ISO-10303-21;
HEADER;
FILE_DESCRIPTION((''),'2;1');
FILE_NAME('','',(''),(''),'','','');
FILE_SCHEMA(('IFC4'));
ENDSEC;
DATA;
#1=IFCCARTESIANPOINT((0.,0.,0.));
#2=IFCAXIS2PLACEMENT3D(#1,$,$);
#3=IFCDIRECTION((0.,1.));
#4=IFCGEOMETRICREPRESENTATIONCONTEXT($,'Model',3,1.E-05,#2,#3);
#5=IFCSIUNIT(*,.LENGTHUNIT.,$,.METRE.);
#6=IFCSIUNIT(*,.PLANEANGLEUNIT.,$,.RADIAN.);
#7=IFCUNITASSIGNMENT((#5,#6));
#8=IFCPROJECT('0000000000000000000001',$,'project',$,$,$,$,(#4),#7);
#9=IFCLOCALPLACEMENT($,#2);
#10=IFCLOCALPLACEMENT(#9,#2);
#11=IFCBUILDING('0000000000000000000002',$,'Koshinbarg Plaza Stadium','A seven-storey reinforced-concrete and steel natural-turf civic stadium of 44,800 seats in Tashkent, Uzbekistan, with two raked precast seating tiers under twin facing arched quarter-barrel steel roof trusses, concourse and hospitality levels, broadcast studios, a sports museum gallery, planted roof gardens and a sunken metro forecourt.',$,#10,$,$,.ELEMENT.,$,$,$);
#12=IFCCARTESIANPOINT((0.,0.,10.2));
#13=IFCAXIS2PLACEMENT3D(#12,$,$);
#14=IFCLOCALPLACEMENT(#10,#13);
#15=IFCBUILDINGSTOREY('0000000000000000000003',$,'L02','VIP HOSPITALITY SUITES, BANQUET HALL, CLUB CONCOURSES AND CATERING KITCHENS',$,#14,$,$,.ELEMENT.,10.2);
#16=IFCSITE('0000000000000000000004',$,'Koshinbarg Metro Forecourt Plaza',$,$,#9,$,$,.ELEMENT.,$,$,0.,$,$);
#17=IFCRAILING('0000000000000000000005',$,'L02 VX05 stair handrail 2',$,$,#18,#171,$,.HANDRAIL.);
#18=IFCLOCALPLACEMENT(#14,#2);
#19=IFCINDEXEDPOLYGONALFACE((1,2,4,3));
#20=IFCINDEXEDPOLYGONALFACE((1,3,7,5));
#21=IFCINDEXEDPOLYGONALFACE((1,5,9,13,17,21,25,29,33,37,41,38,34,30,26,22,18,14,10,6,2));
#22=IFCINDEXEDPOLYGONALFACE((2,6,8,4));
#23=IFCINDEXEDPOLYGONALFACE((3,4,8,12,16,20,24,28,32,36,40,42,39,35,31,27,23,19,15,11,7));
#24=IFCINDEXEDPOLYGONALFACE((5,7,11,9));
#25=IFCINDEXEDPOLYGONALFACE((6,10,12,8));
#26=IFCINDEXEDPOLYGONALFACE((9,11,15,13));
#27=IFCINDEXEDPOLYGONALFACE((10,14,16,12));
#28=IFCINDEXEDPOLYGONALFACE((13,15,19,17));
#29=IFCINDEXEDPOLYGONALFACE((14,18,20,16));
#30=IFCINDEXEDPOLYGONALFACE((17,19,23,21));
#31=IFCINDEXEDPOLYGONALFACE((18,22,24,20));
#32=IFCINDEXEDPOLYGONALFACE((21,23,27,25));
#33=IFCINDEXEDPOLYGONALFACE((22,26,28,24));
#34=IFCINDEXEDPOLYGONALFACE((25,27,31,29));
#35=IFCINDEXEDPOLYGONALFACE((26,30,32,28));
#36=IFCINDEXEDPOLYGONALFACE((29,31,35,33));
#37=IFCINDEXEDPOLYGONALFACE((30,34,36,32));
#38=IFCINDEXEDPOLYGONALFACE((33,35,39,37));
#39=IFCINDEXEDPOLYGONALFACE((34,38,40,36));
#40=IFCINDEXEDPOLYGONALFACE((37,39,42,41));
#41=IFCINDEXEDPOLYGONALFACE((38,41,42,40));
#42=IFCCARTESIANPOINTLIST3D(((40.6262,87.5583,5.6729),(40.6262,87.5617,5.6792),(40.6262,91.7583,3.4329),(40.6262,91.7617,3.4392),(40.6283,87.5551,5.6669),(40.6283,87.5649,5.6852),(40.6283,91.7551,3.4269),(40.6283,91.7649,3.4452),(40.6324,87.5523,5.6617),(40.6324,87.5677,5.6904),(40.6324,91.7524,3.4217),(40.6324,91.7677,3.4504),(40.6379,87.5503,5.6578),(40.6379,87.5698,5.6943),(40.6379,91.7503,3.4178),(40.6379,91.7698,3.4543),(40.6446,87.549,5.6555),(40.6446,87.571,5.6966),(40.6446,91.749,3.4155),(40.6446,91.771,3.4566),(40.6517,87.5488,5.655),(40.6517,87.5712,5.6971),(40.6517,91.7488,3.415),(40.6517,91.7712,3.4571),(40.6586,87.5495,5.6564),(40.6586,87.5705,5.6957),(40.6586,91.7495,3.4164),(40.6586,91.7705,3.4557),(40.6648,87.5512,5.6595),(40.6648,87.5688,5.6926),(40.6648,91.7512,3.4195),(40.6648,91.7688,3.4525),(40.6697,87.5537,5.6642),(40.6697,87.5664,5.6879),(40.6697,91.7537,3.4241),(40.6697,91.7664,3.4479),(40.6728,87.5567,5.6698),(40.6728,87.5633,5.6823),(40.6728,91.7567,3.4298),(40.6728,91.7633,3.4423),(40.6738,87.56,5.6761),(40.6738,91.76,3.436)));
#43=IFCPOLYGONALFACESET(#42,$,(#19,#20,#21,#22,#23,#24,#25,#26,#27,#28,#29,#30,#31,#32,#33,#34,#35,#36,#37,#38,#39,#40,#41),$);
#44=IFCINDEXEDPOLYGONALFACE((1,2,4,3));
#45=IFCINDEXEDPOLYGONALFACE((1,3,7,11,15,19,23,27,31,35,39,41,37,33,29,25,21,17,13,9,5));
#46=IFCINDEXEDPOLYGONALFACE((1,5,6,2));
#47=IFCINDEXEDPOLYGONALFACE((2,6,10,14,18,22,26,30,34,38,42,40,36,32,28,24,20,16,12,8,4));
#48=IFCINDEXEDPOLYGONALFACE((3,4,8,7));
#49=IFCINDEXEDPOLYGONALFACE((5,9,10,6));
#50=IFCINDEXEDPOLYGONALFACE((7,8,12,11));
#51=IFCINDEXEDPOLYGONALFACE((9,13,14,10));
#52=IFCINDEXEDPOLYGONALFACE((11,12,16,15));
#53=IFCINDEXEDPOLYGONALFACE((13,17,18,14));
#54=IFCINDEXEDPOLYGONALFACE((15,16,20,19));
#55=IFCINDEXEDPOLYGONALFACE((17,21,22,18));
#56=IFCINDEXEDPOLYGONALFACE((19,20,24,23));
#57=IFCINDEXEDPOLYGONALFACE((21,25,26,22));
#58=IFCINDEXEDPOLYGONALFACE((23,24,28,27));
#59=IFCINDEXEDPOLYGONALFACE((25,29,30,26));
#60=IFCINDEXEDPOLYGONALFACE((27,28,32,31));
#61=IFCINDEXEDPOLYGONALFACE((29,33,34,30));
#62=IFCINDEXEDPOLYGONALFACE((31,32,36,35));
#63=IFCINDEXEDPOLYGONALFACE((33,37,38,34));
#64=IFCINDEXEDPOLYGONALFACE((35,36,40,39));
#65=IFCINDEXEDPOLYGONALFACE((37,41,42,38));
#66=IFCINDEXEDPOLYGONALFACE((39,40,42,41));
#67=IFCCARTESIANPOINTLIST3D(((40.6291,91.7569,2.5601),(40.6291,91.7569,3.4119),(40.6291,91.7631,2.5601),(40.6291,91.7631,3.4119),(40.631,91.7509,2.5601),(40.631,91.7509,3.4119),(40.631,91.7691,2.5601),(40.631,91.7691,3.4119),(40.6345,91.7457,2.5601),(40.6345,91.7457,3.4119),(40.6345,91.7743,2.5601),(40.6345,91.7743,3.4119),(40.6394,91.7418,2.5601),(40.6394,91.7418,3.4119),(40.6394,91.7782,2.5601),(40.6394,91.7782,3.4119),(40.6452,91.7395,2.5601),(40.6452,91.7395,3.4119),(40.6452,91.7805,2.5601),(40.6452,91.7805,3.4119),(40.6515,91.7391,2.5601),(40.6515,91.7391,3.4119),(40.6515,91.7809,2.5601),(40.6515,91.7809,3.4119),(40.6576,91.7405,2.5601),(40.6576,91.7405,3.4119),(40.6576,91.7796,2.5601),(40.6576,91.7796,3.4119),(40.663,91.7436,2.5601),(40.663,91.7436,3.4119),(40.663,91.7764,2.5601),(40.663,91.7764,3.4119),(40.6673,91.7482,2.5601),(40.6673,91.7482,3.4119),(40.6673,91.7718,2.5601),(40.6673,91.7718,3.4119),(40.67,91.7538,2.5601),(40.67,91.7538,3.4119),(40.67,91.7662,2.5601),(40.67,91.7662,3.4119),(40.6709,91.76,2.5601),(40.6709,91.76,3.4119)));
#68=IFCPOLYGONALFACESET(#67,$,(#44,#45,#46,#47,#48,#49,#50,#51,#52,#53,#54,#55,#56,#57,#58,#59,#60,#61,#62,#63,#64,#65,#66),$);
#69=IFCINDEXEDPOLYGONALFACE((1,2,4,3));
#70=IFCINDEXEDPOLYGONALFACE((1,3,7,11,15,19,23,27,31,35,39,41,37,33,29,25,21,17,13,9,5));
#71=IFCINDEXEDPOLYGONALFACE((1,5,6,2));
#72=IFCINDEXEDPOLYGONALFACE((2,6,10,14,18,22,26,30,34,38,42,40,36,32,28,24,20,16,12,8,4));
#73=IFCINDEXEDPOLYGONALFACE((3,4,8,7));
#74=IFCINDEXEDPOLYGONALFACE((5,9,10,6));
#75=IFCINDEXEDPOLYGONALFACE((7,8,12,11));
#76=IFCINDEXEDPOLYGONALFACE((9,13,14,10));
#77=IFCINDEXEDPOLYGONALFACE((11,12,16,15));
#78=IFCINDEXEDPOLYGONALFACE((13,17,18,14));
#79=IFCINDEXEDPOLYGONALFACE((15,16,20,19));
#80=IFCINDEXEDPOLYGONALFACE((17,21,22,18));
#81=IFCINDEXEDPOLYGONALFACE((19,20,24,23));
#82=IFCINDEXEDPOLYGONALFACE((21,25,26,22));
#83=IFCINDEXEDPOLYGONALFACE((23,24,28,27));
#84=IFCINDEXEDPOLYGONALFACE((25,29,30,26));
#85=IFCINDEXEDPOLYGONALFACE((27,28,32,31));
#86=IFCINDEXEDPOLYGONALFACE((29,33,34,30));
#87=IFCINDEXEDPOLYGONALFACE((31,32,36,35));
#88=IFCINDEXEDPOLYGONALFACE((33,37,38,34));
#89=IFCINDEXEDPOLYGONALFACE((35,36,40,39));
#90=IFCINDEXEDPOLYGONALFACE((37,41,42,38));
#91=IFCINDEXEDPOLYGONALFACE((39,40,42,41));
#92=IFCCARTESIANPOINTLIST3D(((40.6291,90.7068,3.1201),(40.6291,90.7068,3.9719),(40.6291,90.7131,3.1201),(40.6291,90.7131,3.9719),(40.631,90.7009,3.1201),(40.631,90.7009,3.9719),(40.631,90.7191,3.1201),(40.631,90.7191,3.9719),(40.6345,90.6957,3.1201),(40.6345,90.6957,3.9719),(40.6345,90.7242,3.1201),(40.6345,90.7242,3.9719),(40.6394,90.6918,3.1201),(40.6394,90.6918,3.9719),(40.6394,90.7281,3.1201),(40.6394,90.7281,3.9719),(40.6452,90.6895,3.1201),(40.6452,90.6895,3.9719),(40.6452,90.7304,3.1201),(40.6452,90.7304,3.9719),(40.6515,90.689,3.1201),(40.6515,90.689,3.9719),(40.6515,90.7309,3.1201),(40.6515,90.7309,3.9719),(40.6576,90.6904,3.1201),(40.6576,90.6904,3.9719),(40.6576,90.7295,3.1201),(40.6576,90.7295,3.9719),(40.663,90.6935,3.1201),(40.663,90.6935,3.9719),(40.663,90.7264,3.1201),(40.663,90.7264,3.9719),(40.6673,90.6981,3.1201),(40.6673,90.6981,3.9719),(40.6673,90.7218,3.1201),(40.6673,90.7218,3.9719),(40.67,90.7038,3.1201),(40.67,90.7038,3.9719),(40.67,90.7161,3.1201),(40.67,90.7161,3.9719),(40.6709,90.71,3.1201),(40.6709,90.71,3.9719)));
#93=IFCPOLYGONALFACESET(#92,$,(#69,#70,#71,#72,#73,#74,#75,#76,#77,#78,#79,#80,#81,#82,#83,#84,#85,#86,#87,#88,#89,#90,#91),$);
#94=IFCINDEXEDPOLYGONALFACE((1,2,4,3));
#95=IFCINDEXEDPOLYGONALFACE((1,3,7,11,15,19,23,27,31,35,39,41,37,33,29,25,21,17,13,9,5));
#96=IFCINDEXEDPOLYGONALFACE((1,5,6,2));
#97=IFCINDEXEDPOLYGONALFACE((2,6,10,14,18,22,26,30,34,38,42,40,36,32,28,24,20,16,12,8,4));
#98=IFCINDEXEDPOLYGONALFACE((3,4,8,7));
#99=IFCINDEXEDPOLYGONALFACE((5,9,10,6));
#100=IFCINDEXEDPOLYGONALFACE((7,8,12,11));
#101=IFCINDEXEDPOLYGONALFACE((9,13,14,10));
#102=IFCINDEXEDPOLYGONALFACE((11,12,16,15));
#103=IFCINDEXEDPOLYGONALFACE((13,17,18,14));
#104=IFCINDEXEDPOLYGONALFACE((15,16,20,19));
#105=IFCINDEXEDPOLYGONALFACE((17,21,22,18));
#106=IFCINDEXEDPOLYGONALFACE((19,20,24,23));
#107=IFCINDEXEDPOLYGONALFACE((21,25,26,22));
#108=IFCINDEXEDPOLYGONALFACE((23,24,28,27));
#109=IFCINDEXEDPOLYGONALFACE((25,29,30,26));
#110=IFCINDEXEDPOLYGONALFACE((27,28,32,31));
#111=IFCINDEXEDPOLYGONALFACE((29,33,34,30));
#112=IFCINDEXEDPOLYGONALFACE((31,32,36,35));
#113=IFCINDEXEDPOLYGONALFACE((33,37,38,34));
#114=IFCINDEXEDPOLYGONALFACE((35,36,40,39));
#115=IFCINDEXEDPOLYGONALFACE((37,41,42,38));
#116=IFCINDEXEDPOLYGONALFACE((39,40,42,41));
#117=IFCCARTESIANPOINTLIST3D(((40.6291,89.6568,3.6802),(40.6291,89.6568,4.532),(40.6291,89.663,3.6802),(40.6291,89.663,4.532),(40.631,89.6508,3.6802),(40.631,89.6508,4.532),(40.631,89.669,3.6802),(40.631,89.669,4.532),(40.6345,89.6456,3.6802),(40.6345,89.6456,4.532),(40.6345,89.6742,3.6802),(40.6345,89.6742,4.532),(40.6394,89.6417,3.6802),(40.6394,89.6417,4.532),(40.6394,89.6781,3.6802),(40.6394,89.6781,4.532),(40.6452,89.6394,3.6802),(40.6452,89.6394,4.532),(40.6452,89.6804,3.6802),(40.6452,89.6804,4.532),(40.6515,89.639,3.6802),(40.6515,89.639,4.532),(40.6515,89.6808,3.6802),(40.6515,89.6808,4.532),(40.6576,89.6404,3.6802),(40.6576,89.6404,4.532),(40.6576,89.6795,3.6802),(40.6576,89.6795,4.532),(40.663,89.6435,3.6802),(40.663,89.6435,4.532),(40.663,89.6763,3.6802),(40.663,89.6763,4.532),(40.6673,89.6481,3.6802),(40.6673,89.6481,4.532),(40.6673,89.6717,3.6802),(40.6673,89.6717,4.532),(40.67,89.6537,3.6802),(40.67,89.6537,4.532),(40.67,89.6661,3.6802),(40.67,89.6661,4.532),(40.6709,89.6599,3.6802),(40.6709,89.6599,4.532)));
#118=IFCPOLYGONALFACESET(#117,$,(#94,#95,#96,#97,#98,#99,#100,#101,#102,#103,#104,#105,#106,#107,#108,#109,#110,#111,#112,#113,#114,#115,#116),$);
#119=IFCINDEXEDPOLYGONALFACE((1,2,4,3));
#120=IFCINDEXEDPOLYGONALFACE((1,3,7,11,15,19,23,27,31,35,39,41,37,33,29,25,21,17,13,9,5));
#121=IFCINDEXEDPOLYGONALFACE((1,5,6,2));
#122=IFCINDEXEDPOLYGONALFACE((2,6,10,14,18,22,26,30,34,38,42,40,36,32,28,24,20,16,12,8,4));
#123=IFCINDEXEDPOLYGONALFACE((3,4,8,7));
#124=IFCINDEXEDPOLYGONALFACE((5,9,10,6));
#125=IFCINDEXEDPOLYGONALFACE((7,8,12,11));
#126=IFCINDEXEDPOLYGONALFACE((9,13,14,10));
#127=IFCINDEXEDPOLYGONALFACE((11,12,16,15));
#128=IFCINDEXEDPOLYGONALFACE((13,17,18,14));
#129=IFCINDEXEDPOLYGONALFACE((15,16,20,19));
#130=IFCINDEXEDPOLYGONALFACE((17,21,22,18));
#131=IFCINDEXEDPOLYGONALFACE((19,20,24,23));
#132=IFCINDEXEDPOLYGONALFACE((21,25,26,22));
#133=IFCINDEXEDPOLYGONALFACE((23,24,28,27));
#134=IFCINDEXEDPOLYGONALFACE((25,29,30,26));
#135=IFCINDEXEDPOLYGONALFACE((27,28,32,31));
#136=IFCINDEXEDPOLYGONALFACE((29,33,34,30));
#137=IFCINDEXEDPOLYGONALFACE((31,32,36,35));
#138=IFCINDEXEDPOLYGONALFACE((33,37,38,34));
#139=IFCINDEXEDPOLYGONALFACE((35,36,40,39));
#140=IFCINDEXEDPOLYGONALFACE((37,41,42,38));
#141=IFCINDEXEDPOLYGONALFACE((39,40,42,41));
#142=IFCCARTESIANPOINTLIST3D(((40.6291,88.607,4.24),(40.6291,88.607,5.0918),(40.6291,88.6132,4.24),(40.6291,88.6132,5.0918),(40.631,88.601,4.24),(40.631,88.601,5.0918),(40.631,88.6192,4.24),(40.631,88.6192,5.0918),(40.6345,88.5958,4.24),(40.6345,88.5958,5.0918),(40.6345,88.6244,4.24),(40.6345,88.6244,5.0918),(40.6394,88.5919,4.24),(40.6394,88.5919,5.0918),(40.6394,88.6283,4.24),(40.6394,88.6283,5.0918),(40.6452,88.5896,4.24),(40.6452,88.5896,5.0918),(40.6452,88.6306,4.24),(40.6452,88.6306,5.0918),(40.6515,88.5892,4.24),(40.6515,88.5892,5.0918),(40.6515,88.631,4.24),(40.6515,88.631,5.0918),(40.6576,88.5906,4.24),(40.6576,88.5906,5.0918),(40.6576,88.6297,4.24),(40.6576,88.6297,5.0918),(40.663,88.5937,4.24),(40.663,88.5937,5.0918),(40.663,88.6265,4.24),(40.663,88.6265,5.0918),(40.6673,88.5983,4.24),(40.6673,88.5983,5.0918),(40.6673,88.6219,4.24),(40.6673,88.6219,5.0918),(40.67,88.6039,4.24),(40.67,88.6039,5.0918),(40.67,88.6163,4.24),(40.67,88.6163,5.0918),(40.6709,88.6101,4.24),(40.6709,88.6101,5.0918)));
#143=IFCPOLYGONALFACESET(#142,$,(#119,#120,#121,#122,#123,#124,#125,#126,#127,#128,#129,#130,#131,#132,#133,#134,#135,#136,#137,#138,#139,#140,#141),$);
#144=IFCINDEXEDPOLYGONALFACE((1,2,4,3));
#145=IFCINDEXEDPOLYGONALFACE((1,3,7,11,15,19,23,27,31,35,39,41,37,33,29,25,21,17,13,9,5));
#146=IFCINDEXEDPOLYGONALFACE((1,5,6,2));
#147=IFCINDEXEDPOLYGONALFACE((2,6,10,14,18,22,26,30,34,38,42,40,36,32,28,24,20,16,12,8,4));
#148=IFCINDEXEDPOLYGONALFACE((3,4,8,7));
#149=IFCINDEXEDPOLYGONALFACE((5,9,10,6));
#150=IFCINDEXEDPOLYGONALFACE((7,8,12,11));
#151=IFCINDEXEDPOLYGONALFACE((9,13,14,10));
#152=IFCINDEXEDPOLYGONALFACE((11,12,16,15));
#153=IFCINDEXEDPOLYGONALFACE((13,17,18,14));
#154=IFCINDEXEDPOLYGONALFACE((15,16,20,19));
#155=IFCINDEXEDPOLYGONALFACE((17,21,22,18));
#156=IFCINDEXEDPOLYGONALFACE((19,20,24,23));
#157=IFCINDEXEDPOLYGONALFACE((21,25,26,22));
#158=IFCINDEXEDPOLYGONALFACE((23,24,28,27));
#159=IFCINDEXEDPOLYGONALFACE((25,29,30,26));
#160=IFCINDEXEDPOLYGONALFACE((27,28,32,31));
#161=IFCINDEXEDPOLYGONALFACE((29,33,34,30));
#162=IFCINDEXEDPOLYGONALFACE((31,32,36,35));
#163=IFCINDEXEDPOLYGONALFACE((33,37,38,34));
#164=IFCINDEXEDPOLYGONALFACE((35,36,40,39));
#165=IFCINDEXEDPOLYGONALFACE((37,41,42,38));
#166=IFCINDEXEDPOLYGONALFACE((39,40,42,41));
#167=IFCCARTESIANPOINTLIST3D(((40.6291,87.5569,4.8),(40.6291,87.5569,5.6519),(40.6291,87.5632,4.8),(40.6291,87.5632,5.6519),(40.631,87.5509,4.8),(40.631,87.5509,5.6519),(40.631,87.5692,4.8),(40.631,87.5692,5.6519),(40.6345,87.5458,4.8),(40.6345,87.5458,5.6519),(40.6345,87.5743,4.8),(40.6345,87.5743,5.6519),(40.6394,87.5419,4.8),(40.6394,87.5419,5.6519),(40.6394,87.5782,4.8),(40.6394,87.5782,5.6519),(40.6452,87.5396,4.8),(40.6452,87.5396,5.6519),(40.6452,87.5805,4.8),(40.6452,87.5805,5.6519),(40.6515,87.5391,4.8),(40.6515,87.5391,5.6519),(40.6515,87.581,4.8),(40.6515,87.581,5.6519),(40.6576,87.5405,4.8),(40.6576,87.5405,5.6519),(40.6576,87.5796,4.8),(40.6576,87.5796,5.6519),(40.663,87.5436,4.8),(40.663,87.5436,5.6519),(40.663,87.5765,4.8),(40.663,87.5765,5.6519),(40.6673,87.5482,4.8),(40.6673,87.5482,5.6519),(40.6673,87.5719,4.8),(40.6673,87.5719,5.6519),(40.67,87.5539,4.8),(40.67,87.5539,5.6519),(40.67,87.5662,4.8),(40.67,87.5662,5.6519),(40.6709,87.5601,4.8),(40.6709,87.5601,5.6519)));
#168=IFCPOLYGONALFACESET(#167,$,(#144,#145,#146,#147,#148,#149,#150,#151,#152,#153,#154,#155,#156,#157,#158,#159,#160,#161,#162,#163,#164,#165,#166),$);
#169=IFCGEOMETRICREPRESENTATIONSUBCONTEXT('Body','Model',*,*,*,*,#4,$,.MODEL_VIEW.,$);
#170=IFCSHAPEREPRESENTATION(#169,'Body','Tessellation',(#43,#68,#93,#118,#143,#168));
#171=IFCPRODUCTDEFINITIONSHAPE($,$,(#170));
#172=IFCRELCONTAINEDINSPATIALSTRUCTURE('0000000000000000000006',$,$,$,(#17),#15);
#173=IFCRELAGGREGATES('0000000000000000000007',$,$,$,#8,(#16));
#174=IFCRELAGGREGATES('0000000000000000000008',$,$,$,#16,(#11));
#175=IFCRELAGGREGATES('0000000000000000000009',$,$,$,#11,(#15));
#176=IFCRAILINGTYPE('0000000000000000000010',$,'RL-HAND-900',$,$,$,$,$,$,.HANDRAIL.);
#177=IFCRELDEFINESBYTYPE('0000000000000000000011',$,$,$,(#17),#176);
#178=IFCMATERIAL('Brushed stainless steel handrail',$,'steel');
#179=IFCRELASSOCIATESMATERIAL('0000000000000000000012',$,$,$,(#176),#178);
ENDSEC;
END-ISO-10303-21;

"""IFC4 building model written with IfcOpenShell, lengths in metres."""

from ifc_helpers import new_model, si_unit, direction, frame, origin, origin_2d, place, context, subcontext, project, spatial, circle, extrude, material, type_object, element, save


model = new_model("IFC4")

# Units and contexts
model_context = context("Model", 3, precision=1e-05, world=origin(), true_north=direction((0.0, 1.0)))
body_context = subcontext(model_context, "Body", "Model", "MODEL_VIEW")
ifc_project = project(units=[si_unit("LENGTHUNIT", "METRE"), si_unit("PLANEANGLEUNIT", "RADIAN")], contexts=[model_context])

# Site, building, storey
site_placement = place(None, origin())
site = spatial("IfcSite", under=ifc_project, at=site_placement, Name="Koshinbarg Metro Forecourt Plaza", CompositionType="ELEMENT", RefElevation=0.0)
building_placement = place(site_placement, origin())
building = spatial("IfcBuilding", under=site, at=building_placement, Name="Koshinbarg Plaza Stadium", Description="A seven-storey reinforced-concrete and steel natural-turf civic stadium of 44,800 seats in Tashkent, Uzbekistan, with two raked precast seating tiers under twin facing arched quarter-barrel steel roof trusses, concourse and hospitality levels, broadcast studios, a sports museum gallery, planted roof gardens and a sunken metro forecourt.", CompositionType="ELEMENT")
storey_placement = place(building_placement, frame((0.0, 0.0, 10.2)))
storey = spatial("IfcBuildingStorey", under=building, at=storey_placement, Name="L02", Description="VIP HOSPITALITY SUITES, BANQUET HALL, CLUB CONCOURSES AND CATERING KITCHENS", CompositionType="ELEMENT", Elevation=10.2)

# Railing
ifc_material_1 = material(Name="Brushed stainless steel handrail", Category="steel")
railing_type_1 = type_object("IfcRailingType", Name="RL-HAND-900", PredefinedType="HANDRAIL", material=ifc_material_1)
railing_1_placement = place(storey_placement, frame((40.6499, 91.76, 2.5601)))
element("IfcRailing", 1, at=railing_1_placement, inside=storey, type_object=railing_type_1, Name="L02 VX05 stair handrail 2", PredefinedType="HANDRAIL", context=body_context, shape_type="SweptSolid", body=[
    extrude(circle(Radius=0.0239, at=origin_2d()), frame((0.0, 0.0, 0.876), z_axis=(0.0, -0.882352, 0.470591), x_axis=(1.0, 0.0, 0.0)), (0.0, 0.0, 1.0), 4.76),
    extrude(circle(Radius=0.021, at=origin_2d()), origin(), (0.0, 0.0, 1.0), 0.8518),
    extrude(circle(Radius=0.021, at=origin_2d()), frame((0.0, -1.05, 0.5601)), (0.0, 0.0, 1.0), 0.8518),
    extrude(circle(Radius=0.021, at=origin_2d()), frame((0.0, -2.1001, 1.1201)), (0.0, 0.0, 1.0), 0.8518),
    extrude(circle(Radius=0.021, at=origin_2d()), frame((0.0, -3.1499, 1.6799)), (0.0, 0.0, 1.0), 0.8518),
    extrude(circle(Radius=0.021, at=origin_2d()), frame((0.0, -4.2, 2.24)), (0.0, 0.0, 1.0), 0.8518),
])

save(model, "model.ifc")
